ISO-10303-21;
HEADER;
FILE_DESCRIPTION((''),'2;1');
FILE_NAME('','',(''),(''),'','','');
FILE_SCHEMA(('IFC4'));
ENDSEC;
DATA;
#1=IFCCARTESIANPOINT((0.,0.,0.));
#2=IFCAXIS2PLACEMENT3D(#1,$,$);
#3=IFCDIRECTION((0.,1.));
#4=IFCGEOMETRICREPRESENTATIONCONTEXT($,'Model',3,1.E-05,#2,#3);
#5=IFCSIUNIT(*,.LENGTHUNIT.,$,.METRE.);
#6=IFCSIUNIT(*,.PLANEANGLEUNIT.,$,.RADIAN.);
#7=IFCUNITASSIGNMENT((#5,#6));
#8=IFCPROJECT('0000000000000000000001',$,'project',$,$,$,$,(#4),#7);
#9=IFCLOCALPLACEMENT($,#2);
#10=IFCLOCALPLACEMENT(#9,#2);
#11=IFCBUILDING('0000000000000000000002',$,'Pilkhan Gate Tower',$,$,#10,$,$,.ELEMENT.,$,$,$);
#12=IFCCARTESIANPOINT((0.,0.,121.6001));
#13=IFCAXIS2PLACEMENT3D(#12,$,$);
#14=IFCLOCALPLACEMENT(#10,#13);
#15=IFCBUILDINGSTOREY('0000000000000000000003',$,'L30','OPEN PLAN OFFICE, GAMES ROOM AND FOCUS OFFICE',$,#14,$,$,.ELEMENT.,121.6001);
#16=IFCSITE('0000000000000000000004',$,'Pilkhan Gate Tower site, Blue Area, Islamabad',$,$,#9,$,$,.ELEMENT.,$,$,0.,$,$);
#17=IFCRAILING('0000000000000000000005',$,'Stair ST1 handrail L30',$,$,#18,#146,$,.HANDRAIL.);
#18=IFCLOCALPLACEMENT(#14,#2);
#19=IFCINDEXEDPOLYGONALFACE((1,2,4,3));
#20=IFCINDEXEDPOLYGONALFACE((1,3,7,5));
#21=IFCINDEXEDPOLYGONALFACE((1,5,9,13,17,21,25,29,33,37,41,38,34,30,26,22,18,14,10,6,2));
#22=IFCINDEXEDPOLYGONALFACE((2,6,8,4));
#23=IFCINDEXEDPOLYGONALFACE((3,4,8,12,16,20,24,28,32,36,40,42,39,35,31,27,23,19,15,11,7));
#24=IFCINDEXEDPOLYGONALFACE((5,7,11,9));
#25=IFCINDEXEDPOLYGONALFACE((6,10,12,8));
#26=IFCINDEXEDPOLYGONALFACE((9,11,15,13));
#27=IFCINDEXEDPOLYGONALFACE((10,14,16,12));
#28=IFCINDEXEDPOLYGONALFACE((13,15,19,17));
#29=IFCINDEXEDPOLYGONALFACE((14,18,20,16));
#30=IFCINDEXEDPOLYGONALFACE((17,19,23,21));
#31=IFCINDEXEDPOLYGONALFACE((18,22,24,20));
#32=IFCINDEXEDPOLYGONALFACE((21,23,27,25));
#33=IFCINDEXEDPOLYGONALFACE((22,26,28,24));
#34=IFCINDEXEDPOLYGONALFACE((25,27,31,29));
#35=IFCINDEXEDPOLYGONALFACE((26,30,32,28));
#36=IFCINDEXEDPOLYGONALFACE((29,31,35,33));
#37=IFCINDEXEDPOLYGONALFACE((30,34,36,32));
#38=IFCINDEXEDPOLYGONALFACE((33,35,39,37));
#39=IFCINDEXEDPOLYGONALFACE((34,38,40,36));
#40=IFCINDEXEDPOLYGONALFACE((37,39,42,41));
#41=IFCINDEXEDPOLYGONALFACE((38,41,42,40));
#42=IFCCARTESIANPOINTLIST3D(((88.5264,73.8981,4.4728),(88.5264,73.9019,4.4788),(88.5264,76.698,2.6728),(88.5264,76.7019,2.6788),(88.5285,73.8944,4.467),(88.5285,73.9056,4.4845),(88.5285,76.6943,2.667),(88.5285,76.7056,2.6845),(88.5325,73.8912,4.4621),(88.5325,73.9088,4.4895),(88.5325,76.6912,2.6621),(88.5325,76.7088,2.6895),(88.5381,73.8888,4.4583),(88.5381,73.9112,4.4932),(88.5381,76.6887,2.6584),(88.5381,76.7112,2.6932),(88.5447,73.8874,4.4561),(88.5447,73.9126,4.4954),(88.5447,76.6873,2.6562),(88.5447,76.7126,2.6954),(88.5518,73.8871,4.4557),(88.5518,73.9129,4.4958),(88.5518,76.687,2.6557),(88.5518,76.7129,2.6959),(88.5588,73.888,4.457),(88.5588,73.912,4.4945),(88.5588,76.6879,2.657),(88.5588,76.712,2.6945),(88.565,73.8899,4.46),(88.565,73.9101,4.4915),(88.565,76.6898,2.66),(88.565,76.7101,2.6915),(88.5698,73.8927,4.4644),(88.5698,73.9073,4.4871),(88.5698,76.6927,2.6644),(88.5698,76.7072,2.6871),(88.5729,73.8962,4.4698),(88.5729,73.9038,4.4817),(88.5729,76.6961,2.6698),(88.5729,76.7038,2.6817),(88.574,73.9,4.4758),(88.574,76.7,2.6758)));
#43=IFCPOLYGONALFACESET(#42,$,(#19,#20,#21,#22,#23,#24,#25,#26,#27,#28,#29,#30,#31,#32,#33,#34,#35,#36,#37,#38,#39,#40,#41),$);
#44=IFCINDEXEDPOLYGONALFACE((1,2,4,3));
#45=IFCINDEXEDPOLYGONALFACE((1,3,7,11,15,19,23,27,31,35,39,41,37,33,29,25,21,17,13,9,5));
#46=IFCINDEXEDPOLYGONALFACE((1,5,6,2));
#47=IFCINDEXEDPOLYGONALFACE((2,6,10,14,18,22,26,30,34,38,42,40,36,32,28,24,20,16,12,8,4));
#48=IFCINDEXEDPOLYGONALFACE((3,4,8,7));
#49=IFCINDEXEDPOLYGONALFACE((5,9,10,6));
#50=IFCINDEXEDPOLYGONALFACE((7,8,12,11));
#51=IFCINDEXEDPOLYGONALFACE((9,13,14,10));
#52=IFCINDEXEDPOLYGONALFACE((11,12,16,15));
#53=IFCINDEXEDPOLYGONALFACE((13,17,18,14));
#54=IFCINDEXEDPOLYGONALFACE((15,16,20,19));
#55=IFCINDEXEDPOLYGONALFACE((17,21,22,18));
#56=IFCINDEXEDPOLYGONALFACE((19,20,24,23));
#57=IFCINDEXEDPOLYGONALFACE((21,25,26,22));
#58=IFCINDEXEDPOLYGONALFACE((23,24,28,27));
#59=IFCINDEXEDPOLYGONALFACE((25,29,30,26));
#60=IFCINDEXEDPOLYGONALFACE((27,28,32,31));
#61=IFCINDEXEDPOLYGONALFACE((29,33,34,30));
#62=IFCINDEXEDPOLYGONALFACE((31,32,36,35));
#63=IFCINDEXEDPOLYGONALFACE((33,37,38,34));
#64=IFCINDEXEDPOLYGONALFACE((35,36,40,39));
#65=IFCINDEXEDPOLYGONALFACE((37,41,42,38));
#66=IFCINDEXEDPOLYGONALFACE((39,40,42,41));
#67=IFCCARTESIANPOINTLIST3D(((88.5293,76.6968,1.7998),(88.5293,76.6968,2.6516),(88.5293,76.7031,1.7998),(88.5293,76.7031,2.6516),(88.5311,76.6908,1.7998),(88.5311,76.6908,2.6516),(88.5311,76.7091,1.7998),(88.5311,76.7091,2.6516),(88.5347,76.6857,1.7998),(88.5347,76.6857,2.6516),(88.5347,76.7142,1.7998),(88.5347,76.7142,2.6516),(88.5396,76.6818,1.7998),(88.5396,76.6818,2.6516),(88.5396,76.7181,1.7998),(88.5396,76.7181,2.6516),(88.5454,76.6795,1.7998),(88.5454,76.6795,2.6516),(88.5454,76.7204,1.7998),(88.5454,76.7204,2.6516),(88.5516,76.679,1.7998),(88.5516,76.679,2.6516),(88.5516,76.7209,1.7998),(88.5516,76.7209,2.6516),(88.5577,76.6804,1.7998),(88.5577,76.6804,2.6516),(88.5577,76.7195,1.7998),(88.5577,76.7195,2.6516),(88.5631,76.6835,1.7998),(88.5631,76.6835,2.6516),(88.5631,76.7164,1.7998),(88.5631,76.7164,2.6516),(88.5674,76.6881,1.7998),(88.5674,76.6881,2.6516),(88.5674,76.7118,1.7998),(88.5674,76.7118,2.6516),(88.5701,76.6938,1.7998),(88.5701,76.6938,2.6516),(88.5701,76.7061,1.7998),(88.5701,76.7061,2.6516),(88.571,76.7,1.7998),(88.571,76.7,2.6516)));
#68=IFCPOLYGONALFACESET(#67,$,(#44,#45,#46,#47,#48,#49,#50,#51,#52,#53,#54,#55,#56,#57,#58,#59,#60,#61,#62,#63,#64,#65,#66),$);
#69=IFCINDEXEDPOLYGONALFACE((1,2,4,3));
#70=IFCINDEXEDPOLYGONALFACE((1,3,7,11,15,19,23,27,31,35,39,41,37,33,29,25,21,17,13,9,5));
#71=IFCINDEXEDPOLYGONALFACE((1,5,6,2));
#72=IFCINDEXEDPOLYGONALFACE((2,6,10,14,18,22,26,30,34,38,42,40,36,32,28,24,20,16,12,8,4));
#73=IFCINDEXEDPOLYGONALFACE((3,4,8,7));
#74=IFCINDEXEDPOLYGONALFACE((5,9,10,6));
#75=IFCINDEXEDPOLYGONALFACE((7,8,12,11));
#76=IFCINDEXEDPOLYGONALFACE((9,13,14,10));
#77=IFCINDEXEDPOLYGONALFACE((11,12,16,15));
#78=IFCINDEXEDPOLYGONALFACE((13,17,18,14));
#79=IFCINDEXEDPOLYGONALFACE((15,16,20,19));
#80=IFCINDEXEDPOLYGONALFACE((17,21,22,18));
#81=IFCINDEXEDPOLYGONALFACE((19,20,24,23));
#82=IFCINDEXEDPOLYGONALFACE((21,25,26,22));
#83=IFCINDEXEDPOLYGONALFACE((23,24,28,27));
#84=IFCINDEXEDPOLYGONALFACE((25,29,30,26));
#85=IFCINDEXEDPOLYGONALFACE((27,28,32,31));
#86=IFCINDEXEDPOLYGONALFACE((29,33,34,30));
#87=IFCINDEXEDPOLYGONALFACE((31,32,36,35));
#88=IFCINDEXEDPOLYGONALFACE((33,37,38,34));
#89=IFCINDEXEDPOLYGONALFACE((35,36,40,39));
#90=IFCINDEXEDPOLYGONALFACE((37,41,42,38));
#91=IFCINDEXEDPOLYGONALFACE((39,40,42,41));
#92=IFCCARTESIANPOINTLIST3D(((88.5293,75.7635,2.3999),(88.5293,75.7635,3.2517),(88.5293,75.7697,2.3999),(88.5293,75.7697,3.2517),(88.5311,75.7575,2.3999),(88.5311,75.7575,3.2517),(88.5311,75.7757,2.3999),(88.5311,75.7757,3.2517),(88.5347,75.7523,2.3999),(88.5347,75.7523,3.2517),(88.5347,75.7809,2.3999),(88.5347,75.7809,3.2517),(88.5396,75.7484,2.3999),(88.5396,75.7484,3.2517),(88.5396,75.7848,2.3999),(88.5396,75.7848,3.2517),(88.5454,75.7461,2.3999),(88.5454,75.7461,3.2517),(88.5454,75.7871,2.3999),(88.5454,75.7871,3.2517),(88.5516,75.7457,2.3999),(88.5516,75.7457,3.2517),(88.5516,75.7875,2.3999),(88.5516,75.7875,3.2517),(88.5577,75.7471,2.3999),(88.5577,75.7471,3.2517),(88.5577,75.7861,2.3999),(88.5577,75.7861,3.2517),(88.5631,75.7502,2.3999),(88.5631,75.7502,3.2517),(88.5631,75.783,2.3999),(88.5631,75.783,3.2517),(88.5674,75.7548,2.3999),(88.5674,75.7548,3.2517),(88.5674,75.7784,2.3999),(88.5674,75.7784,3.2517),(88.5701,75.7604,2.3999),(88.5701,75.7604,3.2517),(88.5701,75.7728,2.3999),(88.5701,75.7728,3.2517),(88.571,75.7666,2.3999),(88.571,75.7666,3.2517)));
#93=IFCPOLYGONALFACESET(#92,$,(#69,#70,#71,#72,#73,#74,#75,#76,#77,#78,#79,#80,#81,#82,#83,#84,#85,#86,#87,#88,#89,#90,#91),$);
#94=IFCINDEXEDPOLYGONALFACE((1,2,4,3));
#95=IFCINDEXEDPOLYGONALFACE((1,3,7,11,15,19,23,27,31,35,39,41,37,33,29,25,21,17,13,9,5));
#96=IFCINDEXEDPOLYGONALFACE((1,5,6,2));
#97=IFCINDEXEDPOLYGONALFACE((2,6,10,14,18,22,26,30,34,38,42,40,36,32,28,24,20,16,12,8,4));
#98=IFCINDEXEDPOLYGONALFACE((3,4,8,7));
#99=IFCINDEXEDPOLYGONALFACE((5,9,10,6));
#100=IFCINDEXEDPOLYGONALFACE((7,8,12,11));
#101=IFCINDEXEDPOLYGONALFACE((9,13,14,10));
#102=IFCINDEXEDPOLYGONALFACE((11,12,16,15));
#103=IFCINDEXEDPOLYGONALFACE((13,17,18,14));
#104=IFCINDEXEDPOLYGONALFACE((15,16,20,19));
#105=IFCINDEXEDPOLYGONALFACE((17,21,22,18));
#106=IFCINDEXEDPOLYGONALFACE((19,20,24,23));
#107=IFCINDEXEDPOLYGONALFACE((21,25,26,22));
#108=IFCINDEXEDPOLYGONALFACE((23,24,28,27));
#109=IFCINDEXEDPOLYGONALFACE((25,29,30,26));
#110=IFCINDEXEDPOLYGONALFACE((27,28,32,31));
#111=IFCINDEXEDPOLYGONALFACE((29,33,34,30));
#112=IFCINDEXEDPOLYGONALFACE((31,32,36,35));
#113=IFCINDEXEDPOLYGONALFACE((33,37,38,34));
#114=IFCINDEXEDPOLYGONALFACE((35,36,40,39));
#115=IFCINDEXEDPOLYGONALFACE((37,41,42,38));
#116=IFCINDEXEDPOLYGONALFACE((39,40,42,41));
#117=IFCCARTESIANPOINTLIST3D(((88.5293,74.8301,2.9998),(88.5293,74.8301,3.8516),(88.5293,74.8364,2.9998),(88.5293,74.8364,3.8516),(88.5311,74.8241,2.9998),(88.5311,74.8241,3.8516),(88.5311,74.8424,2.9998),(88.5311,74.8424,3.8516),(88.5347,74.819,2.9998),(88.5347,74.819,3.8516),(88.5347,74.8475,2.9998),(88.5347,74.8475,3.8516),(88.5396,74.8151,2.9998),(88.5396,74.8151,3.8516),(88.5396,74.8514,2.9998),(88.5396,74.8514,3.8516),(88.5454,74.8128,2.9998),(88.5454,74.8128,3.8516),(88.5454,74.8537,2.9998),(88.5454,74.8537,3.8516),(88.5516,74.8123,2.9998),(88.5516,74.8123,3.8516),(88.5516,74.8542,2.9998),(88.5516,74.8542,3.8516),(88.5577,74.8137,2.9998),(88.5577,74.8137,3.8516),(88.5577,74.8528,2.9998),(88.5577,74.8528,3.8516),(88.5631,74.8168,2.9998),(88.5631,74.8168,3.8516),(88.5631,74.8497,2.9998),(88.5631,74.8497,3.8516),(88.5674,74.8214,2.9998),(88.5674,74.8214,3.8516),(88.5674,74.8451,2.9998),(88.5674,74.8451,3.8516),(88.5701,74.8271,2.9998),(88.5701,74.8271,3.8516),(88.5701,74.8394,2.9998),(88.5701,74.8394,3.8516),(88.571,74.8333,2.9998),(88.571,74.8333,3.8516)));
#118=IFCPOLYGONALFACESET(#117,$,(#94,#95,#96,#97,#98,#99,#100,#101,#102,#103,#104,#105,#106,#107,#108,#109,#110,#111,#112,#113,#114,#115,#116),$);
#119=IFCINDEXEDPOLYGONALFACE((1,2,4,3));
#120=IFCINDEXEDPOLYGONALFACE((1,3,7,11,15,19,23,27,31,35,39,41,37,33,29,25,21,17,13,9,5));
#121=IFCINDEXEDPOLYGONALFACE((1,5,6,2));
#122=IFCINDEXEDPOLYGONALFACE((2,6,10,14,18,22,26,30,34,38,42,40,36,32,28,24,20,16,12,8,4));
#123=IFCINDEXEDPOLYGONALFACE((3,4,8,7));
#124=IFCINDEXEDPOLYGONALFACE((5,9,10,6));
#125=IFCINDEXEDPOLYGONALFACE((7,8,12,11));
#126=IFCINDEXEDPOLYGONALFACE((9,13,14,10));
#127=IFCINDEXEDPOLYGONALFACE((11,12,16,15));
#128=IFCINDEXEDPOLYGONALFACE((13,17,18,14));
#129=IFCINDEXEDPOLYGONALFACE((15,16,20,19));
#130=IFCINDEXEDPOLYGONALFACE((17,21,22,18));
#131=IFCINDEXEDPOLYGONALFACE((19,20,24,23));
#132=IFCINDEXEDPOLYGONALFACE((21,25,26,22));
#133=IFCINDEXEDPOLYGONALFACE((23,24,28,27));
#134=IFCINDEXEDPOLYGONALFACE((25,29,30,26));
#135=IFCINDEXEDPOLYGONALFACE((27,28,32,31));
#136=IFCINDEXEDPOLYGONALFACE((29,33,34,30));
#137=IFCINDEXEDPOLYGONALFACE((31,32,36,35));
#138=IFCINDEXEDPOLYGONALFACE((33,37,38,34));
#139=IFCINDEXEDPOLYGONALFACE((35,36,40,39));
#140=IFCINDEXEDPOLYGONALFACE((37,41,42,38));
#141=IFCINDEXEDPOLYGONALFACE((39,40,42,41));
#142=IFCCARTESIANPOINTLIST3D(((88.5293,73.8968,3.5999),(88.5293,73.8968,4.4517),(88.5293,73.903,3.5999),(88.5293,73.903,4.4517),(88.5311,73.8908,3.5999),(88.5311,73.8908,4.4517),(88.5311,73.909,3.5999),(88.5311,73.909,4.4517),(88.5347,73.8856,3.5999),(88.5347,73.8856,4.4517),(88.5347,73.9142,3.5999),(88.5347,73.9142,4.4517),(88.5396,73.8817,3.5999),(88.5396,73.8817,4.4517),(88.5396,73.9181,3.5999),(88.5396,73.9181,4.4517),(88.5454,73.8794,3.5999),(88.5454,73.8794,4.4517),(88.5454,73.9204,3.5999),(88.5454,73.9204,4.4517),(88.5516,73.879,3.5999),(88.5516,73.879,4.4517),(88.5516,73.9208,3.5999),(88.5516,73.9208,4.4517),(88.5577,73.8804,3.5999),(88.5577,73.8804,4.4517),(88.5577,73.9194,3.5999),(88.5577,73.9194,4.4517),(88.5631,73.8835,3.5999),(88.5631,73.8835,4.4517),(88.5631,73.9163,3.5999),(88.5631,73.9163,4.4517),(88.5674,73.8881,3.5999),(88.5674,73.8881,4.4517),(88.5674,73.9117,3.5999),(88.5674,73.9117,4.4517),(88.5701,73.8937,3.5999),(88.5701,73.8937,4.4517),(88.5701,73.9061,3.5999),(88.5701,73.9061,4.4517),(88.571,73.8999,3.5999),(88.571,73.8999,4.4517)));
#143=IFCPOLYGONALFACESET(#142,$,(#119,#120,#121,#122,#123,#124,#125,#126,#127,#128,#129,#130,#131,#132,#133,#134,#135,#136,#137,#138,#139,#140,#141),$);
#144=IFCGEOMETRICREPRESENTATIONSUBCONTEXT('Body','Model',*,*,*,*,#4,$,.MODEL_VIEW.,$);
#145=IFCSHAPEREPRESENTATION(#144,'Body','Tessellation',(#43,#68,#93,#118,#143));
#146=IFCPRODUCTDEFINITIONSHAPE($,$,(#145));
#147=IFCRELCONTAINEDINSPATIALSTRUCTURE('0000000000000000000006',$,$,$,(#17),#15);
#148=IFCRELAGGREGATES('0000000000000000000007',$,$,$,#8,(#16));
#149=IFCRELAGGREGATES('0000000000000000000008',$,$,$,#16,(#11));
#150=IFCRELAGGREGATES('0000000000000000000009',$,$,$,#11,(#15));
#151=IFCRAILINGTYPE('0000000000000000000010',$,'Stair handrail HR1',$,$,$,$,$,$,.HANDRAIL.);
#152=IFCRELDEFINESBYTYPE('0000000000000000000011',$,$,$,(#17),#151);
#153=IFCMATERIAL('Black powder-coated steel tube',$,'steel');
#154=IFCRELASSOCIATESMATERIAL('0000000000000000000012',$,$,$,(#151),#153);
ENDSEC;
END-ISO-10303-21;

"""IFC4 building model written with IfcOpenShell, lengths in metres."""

from ifc_helpers import new_model, si_unit, direction, frame, origin, origin_2d, place, context, subcontext, project, spatial, circle, extrude, material, type_object, element, save


model = new_model("IFC4")

# Units and contexts
model_context = context("Model", 3, precision=1e-05, world=origin(), true_north=direction((0.0, 1.0)))
body_context = subcontext(model_context, "Body", "Model", "MODEL_VIEW")
ifc_project = project(units=[si_unit("LENGTHUNIT", "METRE"), si_unit("PLANEANGLEUNIT", "RADIAN")], contexts=[model_context])

# Site, building, storey
site_placement = place(None, origin())
site = spatial("IfcSite", under=ifc_project, at=site_placement, Name="Pilkhan Gate Tower site, Blue Area, Islamabad", CompositionType="ELEMENT", RefElevation=0.0)
building_placement = place(site_placement, origin())
building = spatial("IfcBuilding", under=site, at=building_placement, Name="Pilkhan Gate Tower", CompositionType="ELEMENT")
storey_placement = place(building_placement, frame((0.0, 0.0, 121.6001)))
storey = spatial("IfcBuildingStorey", under=building, at=storey_placement, Name="L30", Description="OPEN PLAN OFFICE, GAMES ROOM AND FOCUS OFFICE", CompositionType="ELEMENT", Elevation=121.6001)

# Railing
ifc_material_1 = material(Name="Black powder-coated steel tube", Category="steel")
railing_type_1 = type_object("IfcRailingType", Name="Stair handrail HR1", PredefinedType="HANDRAIL", material=ifc_material_1)
railing_placement = place(storey_placement, frame((88.55, 76.7, 1.7998)))
element("IfcRailing", 1, at=railing_placement, inside=storey, type_object=railing_type_1, Name="Stair ST1 handrail L30", PredefinedType="HANDRAIL", context=body_context, shape_type="SweptSolid", body=[
    extrude(circle(Radius=0.0239, at=origin_2d()), frame((0.0, 0.0, 0.876), z_axis=(0.0, -0.841176, 0.540761), x_axis=(1.0, 0.0, 0.0)), (0.0, 0.0, 1.0), 3.3286),
    extrude(circle(Radius=0.021, at=origin_2d()), origin(), (0.0, 0.0, 1.0), 0.8518),
    extrude(circle(Radius=0.021, at=origin_2d()), frame((0.0, -0.9333, 0.6001)), (0.0, 0.0, 1.0), 0.8518),
    extrude(circle(Radius=0.021, at=origin_2d()), frame((0.0, -1.8667, 1.2)), (0.0, 0.0, 1.0), 0.8518),
    extrude(circle(Radius=0.021, at=origin_2d()), frame((0.0, -2.8, 1.8)), (0.0, 0.0, 1.0), 0.8518),
])

save(model, "model.ifc")
